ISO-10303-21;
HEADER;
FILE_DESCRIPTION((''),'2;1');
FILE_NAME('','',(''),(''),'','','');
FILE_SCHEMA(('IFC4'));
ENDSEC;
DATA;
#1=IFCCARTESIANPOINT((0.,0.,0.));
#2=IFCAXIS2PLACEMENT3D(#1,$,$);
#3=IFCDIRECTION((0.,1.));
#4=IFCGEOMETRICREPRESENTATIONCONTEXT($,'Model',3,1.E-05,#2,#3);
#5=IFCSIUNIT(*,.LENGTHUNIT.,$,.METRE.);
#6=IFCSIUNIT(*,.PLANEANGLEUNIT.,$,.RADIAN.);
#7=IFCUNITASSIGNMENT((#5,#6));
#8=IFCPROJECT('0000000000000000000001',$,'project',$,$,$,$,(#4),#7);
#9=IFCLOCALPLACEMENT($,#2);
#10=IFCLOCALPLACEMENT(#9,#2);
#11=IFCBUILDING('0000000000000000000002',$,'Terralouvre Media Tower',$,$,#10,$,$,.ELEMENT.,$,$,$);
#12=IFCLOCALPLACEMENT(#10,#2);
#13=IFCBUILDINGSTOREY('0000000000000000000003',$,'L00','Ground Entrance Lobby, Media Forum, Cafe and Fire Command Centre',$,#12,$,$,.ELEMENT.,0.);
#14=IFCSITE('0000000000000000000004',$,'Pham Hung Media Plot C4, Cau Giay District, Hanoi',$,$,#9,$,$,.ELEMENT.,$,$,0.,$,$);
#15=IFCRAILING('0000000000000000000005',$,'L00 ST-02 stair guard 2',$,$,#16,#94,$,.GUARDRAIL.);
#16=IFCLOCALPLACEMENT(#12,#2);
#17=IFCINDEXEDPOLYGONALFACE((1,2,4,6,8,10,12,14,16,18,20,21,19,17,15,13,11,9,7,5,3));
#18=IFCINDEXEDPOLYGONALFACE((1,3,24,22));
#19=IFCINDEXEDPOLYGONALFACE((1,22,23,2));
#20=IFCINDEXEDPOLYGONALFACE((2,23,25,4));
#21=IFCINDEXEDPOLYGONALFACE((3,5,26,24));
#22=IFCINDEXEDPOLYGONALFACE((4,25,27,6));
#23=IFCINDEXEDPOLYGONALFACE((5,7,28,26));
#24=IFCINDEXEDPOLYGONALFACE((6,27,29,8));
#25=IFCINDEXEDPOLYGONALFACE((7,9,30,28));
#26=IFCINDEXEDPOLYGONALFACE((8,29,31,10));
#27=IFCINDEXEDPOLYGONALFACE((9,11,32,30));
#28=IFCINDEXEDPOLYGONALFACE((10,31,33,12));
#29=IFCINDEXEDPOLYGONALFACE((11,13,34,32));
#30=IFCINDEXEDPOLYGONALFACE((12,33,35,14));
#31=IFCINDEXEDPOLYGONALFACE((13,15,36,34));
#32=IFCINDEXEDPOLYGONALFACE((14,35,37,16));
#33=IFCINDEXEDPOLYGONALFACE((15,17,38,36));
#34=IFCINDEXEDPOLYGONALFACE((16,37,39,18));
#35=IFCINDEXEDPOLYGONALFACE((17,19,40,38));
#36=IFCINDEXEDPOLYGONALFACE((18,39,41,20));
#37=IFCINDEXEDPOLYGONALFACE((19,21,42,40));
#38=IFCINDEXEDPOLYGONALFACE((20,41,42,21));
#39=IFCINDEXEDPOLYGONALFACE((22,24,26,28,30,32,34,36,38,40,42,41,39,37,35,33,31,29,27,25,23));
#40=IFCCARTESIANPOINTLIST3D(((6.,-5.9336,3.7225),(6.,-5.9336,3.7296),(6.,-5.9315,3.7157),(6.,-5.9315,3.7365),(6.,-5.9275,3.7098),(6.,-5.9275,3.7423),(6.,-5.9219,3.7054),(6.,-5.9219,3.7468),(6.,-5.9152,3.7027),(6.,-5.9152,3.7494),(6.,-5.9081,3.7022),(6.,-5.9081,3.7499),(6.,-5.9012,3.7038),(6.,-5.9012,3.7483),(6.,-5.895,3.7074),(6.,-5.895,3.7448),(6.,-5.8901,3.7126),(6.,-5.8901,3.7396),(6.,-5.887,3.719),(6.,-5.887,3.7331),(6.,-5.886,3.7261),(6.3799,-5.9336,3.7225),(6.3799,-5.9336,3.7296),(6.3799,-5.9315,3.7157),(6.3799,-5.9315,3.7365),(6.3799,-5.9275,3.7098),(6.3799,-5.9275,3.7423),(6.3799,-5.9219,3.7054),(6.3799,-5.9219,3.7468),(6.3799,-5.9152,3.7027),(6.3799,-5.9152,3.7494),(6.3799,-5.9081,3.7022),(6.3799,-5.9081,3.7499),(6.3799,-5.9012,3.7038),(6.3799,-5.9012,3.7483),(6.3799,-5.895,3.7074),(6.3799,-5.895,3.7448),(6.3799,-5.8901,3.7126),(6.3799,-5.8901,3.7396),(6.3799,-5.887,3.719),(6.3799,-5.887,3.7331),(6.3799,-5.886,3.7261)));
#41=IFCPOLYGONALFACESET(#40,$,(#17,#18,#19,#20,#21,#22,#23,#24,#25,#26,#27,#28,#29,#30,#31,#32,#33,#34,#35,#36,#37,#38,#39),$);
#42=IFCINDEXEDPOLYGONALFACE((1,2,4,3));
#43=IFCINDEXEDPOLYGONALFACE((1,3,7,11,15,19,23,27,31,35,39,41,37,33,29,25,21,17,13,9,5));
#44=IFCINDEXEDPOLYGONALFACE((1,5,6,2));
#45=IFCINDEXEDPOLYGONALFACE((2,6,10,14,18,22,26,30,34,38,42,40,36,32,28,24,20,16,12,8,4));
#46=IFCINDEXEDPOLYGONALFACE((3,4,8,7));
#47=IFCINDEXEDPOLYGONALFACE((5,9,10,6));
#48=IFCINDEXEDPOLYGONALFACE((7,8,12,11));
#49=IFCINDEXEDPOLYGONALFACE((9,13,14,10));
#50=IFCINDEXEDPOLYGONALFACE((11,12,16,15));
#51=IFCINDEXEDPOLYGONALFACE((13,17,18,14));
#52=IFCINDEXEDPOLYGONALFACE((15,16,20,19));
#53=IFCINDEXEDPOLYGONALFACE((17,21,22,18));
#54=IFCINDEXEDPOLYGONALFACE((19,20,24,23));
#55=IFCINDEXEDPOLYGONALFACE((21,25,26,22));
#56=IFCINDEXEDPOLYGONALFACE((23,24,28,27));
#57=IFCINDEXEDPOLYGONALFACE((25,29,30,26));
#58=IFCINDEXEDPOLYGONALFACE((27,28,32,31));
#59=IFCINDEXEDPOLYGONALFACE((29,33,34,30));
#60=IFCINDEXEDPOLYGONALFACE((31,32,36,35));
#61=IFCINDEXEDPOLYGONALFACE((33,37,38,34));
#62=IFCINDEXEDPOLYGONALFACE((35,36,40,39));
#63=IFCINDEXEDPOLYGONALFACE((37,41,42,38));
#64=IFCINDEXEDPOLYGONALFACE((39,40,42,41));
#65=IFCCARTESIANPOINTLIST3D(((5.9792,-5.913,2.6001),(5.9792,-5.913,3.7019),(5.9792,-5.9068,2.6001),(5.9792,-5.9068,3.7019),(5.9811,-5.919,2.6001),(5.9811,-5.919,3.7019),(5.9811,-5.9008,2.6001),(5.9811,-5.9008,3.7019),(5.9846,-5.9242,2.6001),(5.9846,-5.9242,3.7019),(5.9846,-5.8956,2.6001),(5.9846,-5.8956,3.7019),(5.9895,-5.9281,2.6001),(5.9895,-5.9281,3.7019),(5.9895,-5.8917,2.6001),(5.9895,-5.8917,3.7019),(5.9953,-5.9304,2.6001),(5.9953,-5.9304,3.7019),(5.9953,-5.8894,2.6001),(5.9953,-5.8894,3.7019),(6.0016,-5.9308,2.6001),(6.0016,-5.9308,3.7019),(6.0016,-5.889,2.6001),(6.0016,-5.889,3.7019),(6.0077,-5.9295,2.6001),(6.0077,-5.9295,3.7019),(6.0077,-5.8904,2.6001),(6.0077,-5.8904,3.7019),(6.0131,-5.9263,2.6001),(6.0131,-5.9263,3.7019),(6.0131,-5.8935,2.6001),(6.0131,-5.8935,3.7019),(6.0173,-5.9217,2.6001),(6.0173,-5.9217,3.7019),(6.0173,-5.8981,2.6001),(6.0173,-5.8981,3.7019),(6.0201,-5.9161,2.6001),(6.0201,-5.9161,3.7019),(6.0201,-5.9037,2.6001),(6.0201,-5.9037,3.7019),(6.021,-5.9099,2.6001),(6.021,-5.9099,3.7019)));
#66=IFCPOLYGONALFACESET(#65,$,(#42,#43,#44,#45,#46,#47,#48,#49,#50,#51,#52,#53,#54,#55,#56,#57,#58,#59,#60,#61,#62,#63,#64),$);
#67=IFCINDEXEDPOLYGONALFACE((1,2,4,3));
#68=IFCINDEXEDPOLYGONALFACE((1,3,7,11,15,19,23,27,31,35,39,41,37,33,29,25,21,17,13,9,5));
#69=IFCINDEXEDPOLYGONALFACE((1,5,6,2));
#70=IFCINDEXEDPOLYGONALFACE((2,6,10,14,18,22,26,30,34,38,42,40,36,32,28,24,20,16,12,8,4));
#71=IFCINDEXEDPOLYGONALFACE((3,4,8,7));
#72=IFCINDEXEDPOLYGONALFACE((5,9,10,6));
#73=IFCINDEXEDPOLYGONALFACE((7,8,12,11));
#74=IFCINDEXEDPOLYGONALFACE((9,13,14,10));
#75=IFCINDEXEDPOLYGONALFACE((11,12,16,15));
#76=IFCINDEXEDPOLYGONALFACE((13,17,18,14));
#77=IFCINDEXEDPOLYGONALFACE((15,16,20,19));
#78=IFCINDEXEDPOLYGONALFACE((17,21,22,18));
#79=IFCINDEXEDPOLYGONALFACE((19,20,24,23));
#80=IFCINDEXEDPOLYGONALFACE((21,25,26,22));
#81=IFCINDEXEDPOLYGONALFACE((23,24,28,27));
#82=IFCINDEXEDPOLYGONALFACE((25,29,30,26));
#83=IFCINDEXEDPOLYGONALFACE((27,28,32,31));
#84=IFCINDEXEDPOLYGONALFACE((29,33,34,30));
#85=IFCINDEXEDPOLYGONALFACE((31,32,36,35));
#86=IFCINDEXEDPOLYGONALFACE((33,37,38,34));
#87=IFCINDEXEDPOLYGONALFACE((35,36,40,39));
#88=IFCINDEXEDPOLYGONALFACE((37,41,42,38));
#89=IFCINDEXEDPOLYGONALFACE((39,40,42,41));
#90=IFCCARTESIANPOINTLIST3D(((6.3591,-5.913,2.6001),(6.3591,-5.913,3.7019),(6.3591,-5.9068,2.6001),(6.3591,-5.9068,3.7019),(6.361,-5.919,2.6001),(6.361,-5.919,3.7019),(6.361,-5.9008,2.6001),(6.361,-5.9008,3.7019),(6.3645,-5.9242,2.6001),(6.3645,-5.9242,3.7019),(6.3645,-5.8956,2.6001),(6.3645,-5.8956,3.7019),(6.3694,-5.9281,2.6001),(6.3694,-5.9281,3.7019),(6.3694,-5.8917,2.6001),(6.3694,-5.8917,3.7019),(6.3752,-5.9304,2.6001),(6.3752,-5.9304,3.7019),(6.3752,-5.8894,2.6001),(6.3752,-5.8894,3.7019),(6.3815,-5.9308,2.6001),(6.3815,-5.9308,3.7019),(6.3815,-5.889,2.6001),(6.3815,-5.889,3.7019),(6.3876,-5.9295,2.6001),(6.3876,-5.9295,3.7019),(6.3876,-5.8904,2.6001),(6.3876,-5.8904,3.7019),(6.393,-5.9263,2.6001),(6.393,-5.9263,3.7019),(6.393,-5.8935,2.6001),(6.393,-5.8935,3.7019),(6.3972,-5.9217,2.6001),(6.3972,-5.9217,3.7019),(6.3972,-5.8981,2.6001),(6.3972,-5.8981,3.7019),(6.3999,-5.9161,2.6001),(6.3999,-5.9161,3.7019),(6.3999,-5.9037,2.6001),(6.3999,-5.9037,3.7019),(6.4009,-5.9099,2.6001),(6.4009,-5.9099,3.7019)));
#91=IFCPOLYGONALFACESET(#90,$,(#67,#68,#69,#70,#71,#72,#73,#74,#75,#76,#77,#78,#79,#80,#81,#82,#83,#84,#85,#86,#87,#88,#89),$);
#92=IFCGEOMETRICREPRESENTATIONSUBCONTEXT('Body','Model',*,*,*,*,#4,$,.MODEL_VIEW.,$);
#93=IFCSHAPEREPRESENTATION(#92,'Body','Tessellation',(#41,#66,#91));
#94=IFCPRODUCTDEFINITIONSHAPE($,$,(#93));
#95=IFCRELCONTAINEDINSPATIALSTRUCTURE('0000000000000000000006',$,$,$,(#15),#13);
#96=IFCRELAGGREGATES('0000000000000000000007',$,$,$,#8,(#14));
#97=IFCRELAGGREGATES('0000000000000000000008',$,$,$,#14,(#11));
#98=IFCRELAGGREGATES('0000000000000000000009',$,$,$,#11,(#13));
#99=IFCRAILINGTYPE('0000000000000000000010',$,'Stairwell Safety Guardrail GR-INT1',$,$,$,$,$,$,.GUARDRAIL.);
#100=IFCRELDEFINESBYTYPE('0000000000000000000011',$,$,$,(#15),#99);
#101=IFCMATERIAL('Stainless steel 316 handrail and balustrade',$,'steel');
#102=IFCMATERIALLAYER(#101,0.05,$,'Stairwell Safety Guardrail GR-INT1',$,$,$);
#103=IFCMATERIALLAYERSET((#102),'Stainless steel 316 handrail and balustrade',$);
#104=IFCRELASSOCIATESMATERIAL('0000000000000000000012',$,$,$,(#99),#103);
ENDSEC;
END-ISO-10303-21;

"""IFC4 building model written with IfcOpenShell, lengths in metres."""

from ifc_helpers import new_model, si_unit, direction, frame, origin, origin_2d, place, context, subcontext, project, spatial, circle, extrude, material, layer, layer_set, type_object, element, save


model = new_model("IFC4")

# Units and contexts
model_context = context("Model", 3, precision=1e-05, world=origin(), true_north=direction((0.0, 1.0)))
body_context = subcontext(model_context, "Body", "Model", "MODEL_VIEW")
ifc_project = project(units=[si_unit("LENGTHUNIT", "METRE"), si_unit("PLANEANGLEUNIT", "RADIAN")], contexts=[model_context])

# Site, building, storey
site_placement = place(None, origin())
site = spatial("IfcSite", under=ifc_project, at=site_placement, Name="Pham Hung Media Plot C4, Cau Giay District, Hanoi", CompositionType="ELEMENT", RefElevation=0.0)
building_placement = place(site_placement, origin())
building = spatial("IfcBuilding", under=site, at=building_placement, Name="Terralouvre Media Tower", CompositionType="ELEMENT")
storey_placement = place(building_placement, origin())
storey = spatial("IfcBuildingStorey", under=building, at=storey_placement, Name="L00", Description="Ground Entrance Lobby, Media Forum, Cafe and Fire Command Centre", CompositionType="ELEMENT", Elevation=0.0)

# Railing
ifc_material_1 = material(Name="Stainless steel 316 handrail and balustrade", Category="steel")
ifc_layer_1 = layer(ifc_material_1, 0.05, Name="Stairwell Safety Guardrail GR-INT1")
ifc_layer_set_1 = layer_set([ifc_layer_1], Name="Stainless steel 316 handrail and balustrade")
railing_type_1 = type_object("IfcRailingType", Name="Stairwell Safety Guardrail GR-INT1", PredefinedType="GUARDRAIL", material=ifc_layer_set_1)
railing_1_placement = place(storey_placement, frame((6.0, -5.9099, 2.6001)))
element("IfcRailing", 1, at=railing_1_placement, inside=storey, type_object=railing_type_1, Name="L00 ST-02 stair guard 2", PredefinedType="GUARDRAIL", context=body_context, shape_type="SweptSolid", body=[
    extrude(circle(Radius=0.0239, at=origin_2d()), frame((0.0, 0.0, 1.126), z_axis=(1.0, 0.0, 0.0), x_axis=(0.0, 1.0, 0.0)), (0.0, 0.0, 1.0), 0.3799),
    extrude(circle(Radius=0.021, at=origin_2d()), origin(), (0.0, 0.0, 1.0), 1.1018),
    extrude(circle(Radius=0.021, at=origin_2d()), frame((0.3799, 0.0, 0.0)), (0.0, 0.0, 1.0), 1.1018),
])

save(model, "model.ifc")
